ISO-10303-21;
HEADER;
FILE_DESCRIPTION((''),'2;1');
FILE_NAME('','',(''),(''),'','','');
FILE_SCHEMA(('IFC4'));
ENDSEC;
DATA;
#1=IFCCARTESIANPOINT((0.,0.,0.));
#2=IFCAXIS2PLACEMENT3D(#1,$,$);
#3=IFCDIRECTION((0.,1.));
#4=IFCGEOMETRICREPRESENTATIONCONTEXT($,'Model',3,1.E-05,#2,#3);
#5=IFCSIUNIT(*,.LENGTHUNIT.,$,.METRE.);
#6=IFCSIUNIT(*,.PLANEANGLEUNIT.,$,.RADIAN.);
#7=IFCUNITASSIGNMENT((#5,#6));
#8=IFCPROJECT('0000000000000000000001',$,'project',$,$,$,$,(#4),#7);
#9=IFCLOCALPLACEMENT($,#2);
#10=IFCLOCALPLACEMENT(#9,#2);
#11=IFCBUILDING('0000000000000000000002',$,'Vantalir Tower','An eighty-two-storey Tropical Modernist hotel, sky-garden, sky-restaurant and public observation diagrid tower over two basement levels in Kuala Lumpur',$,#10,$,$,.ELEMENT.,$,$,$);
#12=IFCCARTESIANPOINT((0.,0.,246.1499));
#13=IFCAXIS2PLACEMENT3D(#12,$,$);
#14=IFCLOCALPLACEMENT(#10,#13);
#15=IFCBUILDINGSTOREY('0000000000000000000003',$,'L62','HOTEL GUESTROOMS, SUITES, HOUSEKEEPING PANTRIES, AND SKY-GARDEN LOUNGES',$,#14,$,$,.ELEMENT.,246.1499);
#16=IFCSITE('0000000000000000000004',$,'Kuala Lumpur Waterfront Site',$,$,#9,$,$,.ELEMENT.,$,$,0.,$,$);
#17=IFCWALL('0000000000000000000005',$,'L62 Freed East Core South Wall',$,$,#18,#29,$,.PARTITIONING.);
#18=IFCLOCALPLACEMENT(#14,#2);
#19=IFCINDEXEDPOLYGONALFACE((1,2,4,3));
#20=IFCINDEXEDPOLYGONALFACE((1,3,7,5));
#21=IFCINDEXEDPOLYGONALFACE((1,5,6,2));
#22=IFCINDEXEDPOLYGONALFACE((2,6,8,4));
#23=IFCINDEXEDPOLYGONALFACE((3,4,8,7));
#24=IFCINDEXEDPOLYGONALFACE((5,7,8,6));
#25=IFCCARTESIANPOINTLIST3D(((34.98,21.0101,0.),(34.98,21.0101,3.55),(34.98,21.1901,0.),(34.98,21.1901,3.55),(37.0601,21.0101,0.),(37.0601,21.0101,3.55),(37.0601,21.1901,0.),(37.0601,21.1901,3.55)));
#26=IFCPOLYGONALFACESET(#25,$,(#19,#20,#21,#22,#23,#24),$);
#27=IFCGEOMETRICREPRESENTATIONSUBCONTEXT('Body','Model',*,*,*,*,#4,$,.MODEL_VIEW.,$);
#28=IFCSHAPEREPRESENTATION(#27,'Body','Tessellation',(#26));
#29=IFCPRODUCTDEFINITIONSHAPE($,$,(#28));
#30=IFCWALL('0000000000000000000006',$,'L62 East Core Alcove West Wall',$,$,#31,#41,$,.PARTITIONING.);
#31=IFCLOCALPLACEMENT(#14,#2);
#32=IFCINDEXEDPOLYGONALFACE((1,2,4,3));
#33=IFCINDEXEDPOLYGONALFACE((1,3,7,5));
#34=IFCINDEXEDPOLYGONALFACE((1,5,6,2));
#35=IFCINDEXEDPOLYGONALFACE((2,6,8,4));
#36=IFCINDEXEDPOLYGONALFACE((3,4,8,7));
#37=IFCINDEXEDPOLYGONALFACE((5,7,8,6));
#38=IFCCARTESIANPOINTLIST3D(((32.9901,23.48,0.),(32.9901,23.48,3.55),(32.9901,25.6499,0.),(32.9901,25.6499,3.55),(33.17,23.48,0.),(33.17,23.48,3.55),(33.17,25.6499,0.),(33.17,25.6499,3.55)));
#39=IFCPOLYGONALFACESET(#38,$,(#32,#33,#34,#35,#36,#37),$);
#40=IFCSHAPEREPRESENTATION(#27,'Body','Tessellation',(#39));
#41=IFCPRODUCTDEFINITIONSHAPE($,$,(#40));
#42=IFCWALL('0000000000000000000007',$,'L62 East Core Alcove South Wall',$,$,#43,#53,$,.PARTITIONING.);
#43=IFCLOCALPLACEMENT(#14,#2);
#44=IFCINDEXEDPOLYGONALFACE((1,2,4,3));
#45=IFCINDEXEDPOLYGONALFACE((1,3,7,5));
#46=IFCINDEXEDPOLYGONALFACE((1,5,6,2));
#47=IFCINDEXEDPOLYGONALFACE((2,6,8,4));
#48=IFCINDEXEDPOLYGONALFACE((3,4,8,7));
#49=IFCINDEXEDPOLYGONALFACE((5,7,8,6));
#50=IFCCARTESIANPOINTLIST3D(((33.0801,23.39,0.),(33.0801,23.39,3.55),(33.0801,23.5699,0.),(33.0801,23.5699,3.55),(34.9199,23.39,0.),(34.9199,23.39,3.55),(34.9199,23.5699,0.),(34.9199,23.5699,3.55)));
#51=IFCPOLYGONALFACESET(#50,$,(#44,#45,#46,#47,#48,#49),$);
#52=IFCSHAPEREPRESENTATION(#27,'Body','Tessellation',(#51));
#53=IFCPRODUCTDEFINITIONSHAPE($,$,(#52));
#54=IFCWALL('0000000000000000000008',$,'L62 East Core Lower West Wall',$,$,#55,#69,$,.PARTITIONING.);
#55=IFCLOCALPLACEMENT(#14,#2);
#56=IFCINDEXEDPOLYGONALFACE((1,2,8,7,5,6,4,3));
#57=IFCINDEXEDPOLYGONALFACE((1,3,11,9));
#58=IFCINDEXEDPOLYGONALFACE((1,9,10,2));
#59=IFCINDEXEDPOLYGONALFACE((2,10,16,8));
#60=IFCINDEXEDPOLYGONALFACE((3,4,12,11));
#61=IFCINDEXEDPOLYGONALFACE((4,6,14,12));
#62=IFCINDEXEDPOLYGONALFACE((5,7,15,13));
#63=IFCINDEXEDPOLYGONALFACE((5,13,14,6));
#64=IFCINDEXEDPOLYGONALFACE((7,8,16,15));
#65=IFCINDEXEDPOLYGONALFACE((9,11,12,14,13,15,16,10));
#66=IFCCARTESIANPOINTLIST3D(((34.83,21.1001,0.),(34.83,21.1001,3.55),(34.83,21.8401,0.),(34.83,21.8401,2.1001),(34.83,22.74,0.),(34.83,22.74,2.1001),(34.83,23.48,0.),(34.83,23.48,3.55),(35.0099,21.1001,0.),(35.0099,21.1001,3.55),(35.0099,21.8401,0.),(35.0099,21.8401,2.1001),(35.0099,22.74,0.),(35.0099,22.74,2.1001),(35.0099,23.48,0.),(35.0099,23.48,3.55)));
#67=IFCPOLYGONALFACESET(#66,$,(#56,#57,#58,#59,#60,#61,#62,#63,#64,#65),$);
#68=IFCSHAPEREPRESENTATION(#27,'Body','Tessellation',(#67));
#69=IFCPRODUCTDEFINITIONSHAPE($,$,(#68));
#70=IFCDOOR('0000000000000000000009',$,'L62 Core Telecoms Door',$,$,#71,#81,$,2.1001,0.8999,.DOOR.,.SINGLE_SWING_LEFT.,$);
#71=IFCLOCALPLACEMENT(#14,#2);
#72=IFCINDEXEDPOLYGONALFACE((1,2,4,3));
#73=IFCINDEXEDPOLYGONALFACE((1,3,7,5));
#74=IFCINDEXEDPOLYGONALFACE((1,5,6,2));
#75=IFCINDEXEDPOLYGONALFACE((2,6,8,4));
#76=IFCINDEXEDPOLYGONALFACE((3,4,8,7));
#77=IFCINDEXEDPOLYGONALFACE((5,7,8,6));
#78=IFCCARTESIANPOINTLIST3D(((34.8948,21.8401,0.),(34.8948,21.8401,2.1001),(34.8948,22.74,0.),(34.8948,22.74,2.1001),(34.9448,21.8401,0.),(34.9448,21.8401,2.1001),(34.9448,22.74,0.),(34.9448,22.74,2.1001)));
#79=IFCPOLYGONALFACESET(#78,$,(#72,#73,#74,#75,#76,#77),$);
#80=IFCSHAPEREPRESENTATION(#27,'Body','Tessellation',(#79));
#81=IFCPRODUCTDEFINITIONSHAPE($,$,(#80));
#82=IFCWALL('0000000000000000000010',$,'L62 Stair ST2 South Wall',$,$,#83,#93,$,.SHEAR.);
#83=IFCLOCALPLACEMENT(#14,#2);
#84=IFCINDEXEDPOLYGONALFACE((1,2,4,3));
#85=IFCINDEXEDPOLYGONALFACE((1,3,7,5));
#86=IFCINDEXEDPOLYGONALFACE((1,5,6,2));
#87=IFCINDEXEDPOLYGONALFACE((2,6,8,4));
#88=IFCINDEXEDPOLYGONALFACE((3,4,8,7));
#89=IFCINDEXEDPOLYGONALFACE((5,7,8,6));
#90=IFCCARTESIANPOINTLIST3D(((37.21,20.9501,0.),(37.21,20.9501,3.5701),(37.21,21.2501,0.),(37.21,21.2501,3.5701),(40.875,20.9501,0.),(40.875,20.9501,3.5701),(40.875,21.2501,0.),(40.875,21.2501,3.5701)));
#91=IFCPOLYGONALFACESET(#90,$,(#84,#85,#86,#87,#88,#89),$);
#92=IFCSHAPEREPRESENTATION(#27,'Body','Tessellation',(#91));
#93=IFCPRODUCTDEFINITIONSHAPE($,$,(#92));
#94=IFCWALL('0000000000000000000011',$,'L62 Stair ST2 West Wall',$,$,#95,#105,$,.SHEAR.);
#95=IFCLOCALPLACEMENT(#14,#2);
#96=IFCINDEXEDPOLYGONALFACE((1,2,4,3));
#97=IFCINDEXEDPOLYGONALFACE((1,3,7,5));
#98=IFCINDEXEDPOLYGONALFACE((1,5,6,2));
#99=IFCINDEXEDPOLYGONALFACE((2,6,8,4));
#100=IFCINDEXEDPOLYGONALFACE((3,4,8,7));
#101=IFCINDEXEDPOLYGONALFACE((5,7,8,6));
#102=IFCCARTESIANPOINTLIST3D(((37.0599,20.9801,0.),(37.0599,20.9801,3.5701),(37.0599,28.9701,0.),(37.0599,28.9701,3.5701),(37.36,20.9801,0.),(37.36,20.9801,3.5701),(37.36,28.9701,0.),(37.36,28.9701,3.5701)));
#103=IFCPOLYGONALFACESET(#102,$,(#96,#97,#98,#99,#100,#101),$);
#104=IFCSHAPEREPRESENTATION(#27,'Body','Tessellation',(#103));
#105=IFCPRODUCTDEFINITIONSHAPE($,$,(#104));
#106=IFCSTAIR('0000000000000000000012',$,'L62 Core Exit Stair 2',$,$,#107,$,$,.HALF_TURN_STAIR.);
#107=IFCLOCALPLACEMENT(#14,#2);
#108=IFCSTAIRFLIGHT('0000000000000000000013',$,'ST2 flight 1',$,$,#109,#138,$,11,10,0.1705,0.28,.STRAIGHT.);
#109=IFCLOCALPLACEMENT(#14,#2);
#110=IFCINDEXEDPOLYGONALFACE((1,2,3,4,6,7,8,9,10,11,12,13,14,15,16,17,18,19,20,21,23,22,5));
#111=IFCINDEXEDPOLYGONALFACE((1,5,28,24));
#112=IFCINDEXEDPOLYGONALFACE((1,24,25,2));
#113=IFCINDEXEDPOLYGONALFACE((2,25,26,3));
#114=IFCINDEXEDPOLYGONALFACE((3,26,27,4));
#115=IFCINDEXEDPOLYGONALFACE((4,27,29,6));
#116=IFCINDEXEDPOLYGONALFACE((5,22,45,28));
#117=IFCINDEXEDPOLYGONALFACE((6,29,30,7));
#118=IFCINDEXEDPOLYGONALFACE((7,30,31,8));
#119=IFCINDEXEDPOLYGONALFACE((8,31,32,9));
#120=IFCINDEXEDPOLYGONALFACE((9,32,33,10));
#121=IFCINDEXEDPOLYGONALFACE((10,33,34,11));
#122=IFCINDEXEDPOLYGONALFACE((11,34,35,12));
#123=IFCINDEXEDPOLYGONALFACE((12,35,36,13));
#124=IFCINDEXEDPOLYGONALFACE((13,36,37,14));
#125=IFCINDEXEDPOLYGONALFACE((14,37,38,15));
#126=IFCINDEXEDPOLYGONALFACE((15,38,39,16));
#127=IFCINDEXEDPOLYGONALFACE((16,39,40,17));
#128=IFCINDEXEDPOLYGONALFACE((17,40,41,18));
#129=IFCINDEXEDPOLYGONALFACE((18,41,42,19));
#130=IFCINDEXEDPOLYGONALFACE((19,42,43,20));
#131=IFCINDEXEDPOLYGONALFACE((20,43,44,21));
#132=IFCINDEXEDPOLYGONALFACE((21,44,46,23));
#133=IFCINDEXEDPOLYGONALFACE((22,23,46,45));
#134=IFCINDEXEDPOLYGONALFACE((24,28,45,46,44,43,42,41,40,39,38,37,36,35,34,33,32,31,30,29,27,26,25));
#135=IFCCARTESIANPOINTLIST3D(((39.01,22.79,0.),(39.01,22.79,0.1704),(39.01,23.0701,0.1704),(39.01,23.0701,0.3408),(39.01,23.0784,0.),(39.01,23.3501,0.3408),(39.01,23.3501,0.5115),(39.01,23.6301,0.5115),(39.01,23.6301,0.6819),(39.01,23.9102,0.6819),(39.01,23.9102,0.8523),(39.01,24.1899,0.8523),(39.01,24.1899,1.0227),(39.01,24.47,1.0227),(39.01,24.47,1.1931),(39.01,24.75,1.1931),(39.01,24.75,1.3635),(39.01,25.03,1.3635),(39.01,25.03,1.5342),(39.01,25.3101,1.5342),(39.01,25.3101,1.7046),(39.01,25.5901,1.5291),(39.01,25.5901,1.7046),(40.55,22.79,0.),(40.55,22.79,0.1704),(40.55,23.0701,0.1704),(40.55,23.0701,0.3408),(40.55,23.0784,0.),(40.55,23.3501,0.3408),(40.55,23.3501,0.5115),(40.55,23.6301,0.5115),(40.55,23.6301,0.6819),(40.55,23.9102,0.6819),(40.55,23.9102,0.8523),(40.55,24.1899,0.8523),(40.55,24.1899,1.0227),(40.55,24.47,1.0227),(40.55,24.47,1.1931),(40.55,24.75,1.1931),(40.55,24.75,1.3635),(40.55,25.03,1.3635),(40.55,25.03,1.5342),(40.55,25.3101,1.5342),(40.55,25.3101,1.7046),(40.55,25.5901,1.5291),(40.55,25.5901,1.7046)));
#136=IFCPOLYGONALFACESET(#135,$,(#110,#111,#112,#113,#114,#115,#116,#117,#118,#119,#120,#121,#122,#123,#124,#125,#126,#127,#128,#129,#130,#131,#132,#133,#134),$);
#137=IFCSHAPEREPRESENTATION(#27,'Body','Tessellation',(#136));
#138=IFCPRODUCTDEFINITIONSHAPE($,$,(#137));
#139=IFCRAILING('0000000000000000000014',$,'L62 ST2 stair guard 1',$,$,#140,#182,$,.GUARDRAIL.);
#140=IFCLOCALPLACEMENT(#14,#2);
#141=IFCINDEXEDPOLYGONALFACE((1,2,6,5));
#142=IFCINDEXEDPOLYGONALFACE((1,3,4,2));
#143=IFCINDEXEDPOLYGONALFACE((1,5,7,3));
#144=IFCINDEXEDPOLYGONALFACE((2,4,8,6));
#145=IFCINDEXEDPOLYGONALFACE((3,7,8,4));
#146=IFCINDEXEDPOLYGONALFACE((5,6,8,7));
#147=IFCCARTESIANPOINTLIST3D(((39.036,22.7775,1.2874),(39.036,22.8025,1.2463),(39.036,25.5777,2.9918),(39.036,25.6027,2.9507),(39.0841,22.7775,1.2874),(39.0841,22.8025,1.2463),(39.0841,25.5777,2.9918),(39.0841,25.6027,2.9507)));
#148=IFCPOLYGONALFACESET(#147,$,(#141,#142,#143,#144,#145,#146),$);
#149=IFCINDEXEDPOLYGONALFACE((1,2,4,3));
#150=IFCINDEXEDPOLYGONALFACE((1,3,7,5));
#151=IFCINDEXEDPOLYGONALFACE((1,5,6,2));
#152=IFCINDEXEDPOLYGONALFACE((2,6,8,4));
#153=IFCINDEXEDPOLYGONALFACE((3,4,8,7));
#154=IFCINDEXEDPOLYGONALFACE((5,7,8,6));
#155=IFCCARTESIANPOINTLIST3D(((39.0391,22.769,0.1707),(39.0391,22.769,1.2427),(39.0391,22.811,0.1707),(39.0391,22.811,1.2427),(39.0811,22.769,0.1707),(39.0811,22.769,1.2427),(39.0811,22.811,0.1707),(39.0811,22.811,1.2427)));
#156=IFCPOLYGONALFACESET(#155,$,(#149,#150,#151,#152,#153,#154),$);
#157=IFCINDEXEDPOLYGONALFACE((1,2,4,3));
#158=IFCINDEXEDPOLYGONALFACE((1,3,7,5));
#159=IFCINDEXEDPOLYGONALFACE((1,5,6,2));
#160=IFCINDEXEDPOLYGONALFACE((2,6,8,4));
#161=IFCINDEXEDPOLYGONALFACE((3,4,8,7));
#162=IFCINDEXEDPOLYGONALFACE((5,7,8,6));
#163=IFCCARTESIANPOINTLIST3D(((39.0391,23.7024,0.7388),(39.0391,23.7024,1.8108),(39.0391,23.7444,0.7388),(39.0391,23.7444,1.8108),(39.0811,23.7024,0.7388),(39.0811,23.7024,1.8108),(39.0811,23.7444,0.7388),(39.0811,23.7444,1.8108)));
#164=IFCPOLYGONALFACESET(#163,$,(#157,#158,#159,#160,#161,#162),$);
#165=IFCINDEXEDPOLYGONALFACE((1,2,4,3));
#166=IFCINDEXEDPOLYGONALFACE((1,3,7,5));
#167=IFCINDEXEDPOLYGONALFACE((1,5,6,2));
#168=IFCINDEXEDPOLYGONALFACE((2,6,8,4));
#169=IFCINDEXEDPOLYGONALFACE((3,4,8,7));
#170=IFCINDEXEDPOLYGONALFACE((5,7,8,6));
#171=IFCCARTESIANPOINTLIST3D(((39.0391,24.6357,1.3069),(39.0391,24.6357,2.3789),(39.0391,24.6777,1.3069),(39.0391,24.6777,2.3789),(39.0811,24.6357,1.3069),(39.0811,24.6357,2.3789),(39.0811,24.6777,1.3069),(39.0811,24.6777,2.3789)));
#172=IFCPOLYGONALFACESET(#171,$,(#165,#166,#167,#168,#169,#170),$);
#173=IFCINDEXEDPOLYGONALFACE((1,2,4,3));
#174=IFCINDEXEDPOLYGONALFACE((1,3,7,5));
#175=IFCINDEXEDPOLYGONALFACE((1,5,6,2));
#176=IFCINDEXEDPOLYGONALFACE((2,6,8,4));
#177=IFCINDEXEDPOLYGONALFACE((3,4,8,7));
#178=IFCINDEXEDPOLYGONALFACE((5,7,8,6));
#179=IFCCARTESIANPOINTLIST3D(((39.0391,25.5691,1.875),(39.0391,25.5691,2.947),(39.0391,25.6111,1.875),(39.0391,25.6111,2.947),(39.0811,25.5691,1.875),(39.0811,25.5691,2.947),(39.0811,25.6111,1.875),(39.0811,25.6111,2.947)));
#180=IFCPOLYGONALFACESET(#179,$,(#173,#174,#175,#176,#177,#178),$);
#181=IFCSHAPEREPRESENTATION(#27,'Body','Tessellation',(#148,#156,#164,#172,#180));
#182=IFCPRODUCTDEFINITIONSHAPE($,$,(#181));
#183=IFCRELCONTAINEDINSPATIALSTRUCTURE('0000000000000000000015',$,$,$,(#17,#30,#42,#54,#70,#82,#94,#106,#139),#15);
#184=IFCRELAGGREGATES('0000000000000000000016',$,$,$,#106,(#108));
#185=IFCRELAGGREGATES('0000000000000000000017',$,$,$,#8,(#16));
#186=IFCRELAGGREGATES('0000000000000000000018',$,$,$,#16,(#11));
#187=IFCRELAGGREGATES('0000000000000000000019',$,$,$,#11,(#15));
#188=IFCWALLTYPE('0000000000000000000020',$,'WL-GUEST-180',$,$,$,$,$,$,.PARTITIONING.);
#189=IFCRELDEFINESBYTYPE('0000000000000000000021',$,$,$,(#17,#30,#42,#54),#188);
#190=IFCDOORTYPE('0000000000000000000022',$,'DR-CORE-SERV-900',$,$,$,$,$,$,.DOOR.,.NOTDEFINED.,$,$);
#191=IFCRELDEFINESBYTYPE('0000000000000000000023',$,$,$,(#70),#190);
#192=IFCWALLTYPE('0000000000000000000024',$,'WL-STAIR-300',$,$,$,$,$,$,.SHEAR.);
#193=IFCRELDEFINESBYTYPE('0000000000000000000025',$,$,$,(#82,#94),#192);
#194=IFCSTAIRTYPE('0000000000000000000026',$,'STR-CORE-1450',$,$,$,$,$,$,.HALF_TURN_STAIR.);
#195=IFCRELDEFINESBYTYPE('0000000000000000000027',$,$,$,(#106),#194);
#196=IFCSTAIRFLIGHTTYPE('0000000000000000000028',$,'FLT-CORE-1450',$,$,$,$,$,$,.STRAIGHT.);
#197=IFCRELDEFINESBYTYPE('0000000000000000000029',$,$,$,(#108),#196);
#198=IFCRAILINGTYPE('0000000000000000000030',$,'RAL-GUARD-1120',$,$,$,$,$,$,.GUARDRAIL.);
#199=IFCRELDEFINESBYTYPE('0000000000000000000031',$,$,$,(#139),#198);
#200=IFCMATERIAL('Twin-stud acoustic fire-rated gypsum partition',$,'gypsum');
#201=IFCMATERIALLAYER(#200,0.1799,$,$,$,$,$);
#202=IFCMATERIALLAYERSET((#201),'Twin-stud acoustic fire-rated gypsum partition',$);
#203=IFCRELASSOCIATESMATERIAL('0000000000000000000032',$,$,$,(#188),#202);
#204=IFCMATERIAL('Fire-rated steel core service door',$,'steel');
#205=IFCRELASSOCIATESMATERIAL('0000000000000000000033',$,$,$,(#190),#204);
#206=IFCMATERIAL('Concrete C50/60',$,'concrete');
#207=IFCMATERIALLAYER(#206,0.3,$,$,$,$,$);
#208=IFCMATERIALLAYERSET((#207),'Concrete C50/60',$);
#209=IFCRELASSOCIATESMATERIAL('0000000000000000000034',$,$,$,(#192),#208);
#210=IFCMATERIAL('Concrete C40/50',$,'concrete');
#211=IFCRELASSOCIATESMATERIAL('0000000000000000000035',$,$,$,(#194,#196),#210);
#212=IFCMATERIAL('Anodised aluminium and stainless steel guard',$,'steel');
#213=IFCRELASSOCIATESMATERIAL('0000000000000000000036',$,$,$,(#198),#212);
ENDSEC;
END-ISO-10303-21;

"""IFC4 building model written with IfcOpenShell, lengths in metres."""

from ifc_helpers import new_model, si_unit, direction, frame, frame_2d, origin, origin_2d, place, context, subcontext, project, spatial, polyline, rectangle, outline, extrude, material, layer, layer_set, type_object, element, fill, aggregate, save


model = new_model("IFC4")

# Units and contexts
model_context = context("Model", 3, precision=1e-05, world=origin(), true_north=direction((0.0, 1.0)))
body_context = subcontext(model_context, "Body", "Model", "MODEL_VIEW")
ifc_project = project(units=[si_unit("LENGTHUNIT", "METRE"), si_unit("PLANEANGLEUNIT", "RADIAN")], contexts=[model_context])

# Site, building, storey
site_placement = place(None, origin())
site = spatial("IfcSite", under=ifc_project, at=site_placement, Name="Kuala Lumpur Waterfront Site", CompositionType="ELEMENT", RefElevation=0.0)
building_placement = place(site_placement, origin())
building = spatial("IfcBuilding", under=site, at=building_placement, Name="Vantalir Tower", Description="An eighty-two-storey Tropical Modernist hotel, sky-garden, sky-restaurant and public observation diagrid tower over two basement levels in Kuala Lumpur", CompositionType="ELEMENT")
storey_placement = place(building_placement, frame((0.0, 0.0, 246.1499)))
storey = spatial("IfcBuildingStorey", under=building, at=storey_placement, Name="L62", Description="HOTEL GUESTROOMS, SUITES, HOUSEKEEPING PANTRIES, AND SKY-GARDEN LOUNGES", CompositionType="ELEMENT", Elevation=246.1499)

# Shared definitions
ifc_material_1 = material(Name="Concrete C50/60", Category="concrete")

# Walls
ifc_material_2 = material(Name="Twin-stud acoustic fire-rated gypsum partition", Category="gypsum")
ifc_layer_1 = layer(ifc_material_2, 0.1799)
ifc_layer_set_1 = layer_set([ifc_layer_1], Name="Twin-stud acoustic fire-rated gypsum partition")
wall_type_1 = type_object("IfcWallType", Name="WL-GUEST-180", PredefinedType="PARTITIONING", material=ifc_layer_set_1)
wall_1_placement = place(storey_placement, frame((34.98, 21.1001, 0.0), z_axis=(0.0, 0.0, 1.0), x_axis=(1.0, 0.0, 0.0)))
element("IfcWall", 1, at=wall_1_placement, inside=storey, type_object=wall_type_1, Name="L62 Freed East Core South Wall", PredefinedType="PARTITIONING", context=body_context, shape_type="SweptSolid", body=[
    extrude(rectangle(XDim=2.0801, YDim=0.1799, at=frame_2d((1.04, 0.0))), origin(), (0.0, 0.0, 1.0), 3.55),
])
wall_2_placement = place(storey_placement, frame((33.0801, 23.48, 0.0), z_axis=(0.0, 0.0, 1.0), x_axis=(0.0, 1.0, 0.0)))
element("IfcWall", 2, at=wall_2_placement, inside=storey, type_object=wall_type_1, Name="L62 East Core Alcove West Wall", PredefinedType="PARTITIONING", context=body_context, shape_type="SweptSolid", body=[
    extrude(rectangle(XDim=2.1699, YDim=0.1799, at=frame_2d((1.085, 0.0))), origin(), (0.0, 0.0, 1.0), 3.55),
])
wall_3_placement = place(storey_placement, frame((33.0801, 23.48, 0.0), z_axis=(0.0, 0.0, 1.0), x_axis=(1.0, 0.0, 0.0)))
element("IfcWall", 3, at=wall_3_placement, inside=storey, type_object=wall_type_1, Name="L62 East Core Alcove South Wall", PredefinedType="PARTITIONING", context=body_context, shape_type="SweptSolid", body=[
    extrude(rectangle(XDim=1.8398, YDim=0.1799, at=frame_2d((0.9199, 0.0))), origin(), (0.0, 0.0, 1.0), 3.55),
])

# Wall, opening, door
wall_4_placement = place(storey_placement, frame((34.9199, 21.1001, 0.0), z_axis=(0.0, 0.0, 1.0), x_axis=(0.0, 1.0, 0.0)))
wall_4 = element("IfcWall", 4, at=wall_4_placement, inside=storey, type_object=wall_type_1, Name="L62 East Core Lower West Wall", PredefinedType="PARTITIONING", context=body_context, shape_type="SweptSolid", body=[
    extrude(rectangle(XDim=2.3799, YDim=0.1799, at=frame_2d((1.1899, 0.0))), origin(), (0.0, 0.0, 1.0), 3.55),
])
opening_1_placement = place(wall_4_placement, frame((0.74, 0.0, 0.0)))
opening_1 = element("IfcOpeningElement", 5, at=opening_1_placement, cuts=wall_4, PredefinedType="OPENING", context=body_context, shape_type="SweptSolid", body=[
    extrude(rectangle(XDim=0.8999, YDim=2.1001, at=frame_2d((0.45, 1.05))), frame((0.0, 0.0999, 0.0), z_axis=(0.0, -1.0, 0.0), x_axis=(1.0, 0.0, 0.0)), (0.0, 0.0, 1.0), 0.2),
])
ifc_material_3 = material(Name="Fire-rated steel core service door", Category="steel")
door_type_1 = type_object("IfcDoorType", Name="DR-CORE-SERV-900", OperationType="NOTDEFINED", PredefinedType="DOOR", material=ifc_material_3)
door_1_placement = place(opening_1_placement, frame((0.8999, 0.0, 0.0), z_axis=(0.0, 0.0, 1.0), x_axis=(-1.0, 0.0, 0.0)))
door_1 = element("IfcDoor", 6, at=door_1_placement, inside=storey, type_object=door_type_1, Name="L62 Core Telecoms Door", OperationType="SINGLE_SWING_LEFT", OverallHeight=2.1001, OverallWidth=0.8999, PredefinedType="DOOR", context=body_context, shape_type="SweptSolid", body=[
    extrude(rectangle(XDim=0.8999, YDim=2.1001, at=frame_2d((0.45, 1.05))), frame((0.0, 0.0249, 0.0), z_axis=(0.0, -1.0, 0.0), x_axis=(1.0, 0.0, 0.0)), (0.0, 0.0, 1.0), 0.05),
])
fill(opening_1, door_1)

# Walls
ifc_layer_2 = layer(ifc_material_1, 0.3)
ifc_layer_set_2 = layer_set([ifc_layer_2], Name="Concrete C50/60")
wall_type_2 = type_object("IfcWallType", Name="WL-STAIR-300", PredefinedType="SHEAR", material=ifc_layer_set_2)
wall_5_placement = place(storey_placement, frame((37.21, 21.1001, 0.0), z_axis=(0.0, 0.0, 1.0), x_axis=(1.0, 0.0, 0.0)))
element("IfcWall", 7, at=wall_5_placement, inside=storey, type_object=wall_type_2, Name="L62 Stair ST2 South Wall", PredefinedType="SHEAR", context=body_context, shape_type="SweptSolid", body=[
    extrude(rectangle(XDim=3.665, YDim=0.3, at=frame_2d((1.8325, 0.0))), origin(), (0.0, 0.0, 1.0), 3.5701),
])
wall_6_placement = place(storey_placement, frame((37.21, 20.98, 0.0), z_axis=(0.0, 0.0, 1.0), x_axis=(0.0, 1.0, 0.0)))
element("IfcWall", 8, at=wall_6_placement, inside=storey, type_object=wall_type_2, Name="L62 Stair ST2 West Wall", PredefinedType="SHEAR", context=body_context, shape_type="SweptSolid", body=[
    extrude(rectangle(XDim=7.99, YDim=0.3, at=frame_2d((3.9951, 0.0))), origin(), (0.0, 0.0, 1.0), 3.5701),
])

# Stair, stair flight
ifc_material_4 = material(Name="Concrete C40/50", Category="concrete")
stair_type = type_object("IfcStairType", Name="STR-CORE-1450", PredefinedType="HALF_TURN_STAIR", material=ifc_material_4)
stair_placement = place(storey_placement, origin())
stair = element("IfcStair", 9, at=stair_placement, inside=storey, type_object=stair_type, Name="L62 Core Exit Stair 2", PredefinedType="HALF_TURN_STAIR")
stair_flight_type = type_object("IfcStairFlightType", Name="FLT-CORE-1450", PredefinedType="STRAIGHT", material=ifc_material_4)
stair_flight_placement = place(storey_placement, frame((39.78, 22.79, 0.0), z_axis=(0.0, 0.0, 1.0), x_axis=(0.0, 1.0, 0.0)))
stair_flight = element("IfcStairFlight", 10, at=stair_flight_placement, type_object=stair_flight_type, Name="ST2 flight 1", NumberOfRisers=11, NumberOfTreads=10, PredefinedType="STRAIGHT", RiserHeight=0.1705, TreadLength=0.28, context=body_context, shape_type="SweptSolid", body=[
    extrude(outline(polyline([(0.0, 0.0), (0.0, 0.1704), (0.28, 0.1704), (0.28, 0.3408), (0.5601, 0.3408), (0.5601, 0.5115), (0.8401, 0.5115), (0.8401, 0.6819), (1.1201, 0.6819), (1.1201, 0.8523), (1.3999, 0.8523), (1.3999, 1.0227), (1.6799, 1.0227), (1.6799, 1.1931), (1.96, 1.1931), (1.96, 1.3635), (2.24, 1.3635), (2.24, 1.5342), (2.52, 1.5342), (2.52, 1.7046), (2.8, 1.7046), (2.8, 1.875), (2.8, 1.5291), (0.2883, 0.0), (0.0, 0.0)])), frame((0.0, 0.77, 0.0), z_axis=(0.0, -1.0, 0.0), x_axis=(1.0, 0.0, 0.0)), (0.0, 0.0, 1.0), 1.54),
])
aggregate(stair, [stair_flight])

# Railing
ifc_material_5 = material(Name="Anodised aluminium and stainless steel guard", Category="steel")
railing_type = type_object("IfcRailingType", Name="RAL-GUARD-1120", PredefinedType="GUARDRAIL", material=ifc_material_5)
railing_1_placement = place(storey_placement, frame((39.0601, 22.79, 0.1707)))
element("IfcRailing", 11, at=railing_1_placement, inside=storey, type_object=railing_type, Name="L62 ST2 stair guard 1", PredefinedType="GUARDRAIL", context=body_context, shape_type="SweptSolid", body=[
    extrude(rectangle(XDim=0.0481, YDim=0.0481, at=origin_2d()), frame((0.0, 0.0, 1.0962), z_axis=(0.0, 0.854203, 0.51994), x_axis=(-1.0, 0.0, 0.0)), (0.0, 0.0, 1.0), 3.2781),
    extrude(rectangle(XDim=0.042, YDim=0.042, at=origin_2d()), origin(), (0.0, 0.0, 1.0), 1.072),
    extrude(rectangle(XDim=0.042, YDim=0.042, at=origin_2d()), frame((0.0, 0.9333, 0.5681)), (0.0, 0.0, 1.0), 1.072),
    extrude(rectangle(XDim=0.042, YDim=0.042, at=origin_2d()), frame((0.0, 1.8667, 1.1362)), (0.0, 0.0, 1.0), 1.072),
    extrude(rectangle(XDim=0.042, YDim=0.042, at=origin_2d()), frame((0.0, 2.8, 1.7043)), (0.0, 0.0, 1.0), 1.072),
])

save(model, "model.ifc")
